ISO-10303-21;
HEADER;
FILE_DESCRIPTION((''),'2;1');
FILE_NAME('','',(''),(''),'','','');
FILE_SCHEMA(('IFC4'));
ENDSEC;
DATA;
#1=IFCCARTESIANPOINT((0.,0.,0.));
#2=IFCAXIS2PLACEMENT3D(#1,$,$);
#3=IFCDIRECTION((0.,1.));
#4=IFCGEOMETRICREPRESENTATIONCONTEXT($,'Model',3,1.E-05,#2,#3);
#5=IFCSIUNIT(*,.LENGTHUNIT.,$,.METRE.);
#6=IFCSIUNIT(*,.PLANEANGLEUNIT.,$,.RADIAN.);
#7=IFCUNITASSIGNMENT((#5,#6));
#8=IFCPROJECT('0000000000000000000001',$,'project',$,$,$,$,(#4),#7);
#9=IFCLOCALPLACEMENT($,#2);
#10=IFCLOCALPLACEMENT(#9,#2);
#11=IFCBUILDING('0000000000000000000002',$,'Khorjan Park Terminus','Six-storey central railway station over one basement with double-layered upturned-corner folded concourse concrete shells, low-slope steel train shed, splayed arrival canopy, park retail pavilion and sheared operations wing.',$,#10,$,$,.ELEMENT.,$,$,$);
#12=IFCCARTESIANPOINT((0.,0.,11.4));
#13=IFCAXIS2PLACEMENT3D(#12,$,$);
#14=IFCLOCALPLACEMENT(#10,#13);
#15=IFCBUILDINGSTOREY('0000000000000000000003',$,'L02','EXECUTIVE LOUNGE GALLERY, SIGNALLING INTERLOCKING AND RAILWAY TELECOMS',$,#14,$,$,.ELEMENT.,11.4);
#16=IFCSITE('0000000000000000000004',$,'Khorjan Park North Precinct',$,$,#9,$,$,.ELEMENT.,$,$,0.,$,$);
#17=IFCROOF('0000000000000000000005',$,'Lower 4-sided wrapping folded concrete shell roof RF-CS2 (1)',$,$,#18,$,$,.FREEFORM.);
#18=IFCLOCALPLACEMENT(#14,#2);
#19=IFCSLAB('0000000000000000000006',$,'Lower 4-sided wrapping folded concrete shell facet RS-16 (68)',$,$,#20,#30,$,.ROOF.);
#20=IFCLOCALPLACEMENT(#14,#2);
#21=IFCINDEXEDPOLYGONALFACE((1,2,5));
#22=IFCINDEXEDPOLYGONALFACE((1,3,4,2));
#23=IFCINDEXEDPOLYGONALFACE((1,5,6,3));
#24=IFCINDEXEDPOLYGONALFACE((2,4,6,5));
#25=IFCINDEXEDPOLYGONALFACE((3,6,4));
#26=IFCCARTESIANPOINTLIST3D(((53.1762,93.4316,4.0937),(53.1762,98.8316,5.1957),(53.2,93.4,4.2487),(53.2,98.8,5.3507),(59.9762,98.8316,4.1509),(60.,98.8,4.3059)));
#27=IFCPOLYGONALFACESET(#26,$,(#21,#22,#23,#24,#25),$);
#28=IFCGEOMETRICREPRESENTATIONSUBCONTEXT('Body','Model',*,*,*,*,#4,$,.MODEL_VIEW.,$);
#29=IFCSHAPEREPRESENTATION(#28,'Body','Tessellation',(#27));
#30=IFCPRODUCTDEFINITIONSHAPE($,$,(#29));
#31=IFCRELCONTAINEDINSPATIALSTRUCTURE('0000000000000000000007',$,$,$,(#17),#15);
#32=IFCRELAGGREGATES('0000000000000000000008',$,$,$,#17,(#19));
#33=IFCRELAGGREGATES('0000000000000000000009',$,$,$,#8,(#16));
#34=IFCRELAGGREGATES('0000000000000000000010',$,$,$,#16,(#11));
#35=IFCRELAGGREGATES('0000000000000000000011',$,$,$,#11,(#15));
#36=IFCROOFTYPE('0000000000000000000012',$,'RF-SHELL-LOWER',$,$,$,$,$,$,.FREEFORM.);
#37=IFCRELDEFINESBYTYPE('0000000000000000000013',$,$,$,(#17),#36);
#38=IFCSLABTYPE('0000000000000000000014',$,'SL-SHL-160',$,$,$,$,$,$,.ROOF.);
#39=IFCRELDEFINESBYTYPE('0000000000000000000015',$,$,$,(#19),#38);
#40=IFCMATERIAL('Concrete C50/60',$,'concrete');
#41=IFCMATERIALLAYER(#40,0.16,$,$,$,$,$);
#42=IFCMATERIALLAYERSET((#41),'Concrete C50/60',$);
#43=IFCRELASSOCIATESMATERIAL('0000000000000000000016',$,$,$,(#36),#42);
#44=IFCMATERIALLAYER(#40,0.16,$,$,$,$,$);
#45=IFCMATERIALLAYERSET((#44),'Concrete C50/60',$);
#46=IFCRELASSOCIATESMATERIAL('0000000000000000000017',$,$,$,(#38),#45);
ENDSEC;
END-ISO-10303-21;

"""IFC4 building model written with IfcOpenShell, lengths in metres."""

from ifc_helpers import new_model, si_unit, direction, frame, origin, place, context, subcontext, project, spatial, polyline, outline, extrude, material, layer, layer_set, type_object, element, aggregate, save


model = new_model("IFC4")

# Units and contexts
model_context = context("Model", 3, precision=1e-05, world=origin(), true_north=direction((0.0, 1.0)))
body_context = subcontext(model_context, "Body", "Model", "MODEL_VIEW")
ifc_project = project(units=[si_unit("LENGTHUNIT", "METRE"), si_unit("PLANEANGLEUNIT", "RADIAN")], contexts=[model_context])

# Site, building, storey
site_placement = place(None, origin())
site = spatial("IfcSite", under=ifc_project, at=site_placement, Name="Khorjan Park North Precinct", CompositionType="ELEMENT", RefElevation=0.0)
building_placement = place(site_placement, origin())
building = spatial("IfcBuilding", under=site, at=building_placement, Name="Khorjan Park Terminus", Description="Six-storey central railway station over one basement with double-layered upturned-corner folded concourse concrete shells, low-slope steel train shed, splayed arrival canopy, park retail pavilion and sheared operations wing.", CompositionType="ELEMENT")
storey_placement = place(building_placement, frame((0.0, 0.0, 11.4)))
storey = spatial("IfcBuildingStorey", under=building, at=storey_placement, Name="L02", Description="EXECUTIVE LOUNGE GALLERY, SIGNALLING INTERLOCKING AND RAILWAY TELECOMS", CompositionType="ELEMENT", Elevation=11.4)

# Roof, slab
ifc_material_1 = material(Name="Concrete C50/60", Category="concrete")
ifc_layer_1 = layer(ifc_material_1, 0.16)
ifc_layer_set_1 = layer_set([ifc_layer_1], Name="Concrete C50/60")
roof_type = type_object("IfcRoofType", Name="RF-SHELL-LOWER", PredefinedType="FREEFORM", material=ifc_layer_set_1)
roof_placement = place(storey_placement, origin())
roof = element("IfcRoof", 1, at=roof_placement, inside=storey, type_object=roof_type, Name="Lower 4-sided wrapping folded concrete shell roof RF-CS2 (1)", PredefinedType="FREEFORM")
ifc_layer_2 = layer(ifc_material_1, 0.16)
ifc_layer_set_2 = layer_set([ifc_layer_2], Name="Concrete C50/60")
slab_type = type_object("IfcSlabType", Name="SL-SHL-160", PredefinedType="ROOF", material=ifc_layer_set_2)
slab_1_placement = place(storey_placement, frame((53.2, 93.4, 4.2487), z_axis=(0.148867, -0.197725, 0.968888), x_axis=(0.783094, 0.621869, 0.006587)))
slab_1 = element("IfcSlab", 2, at=slab_1_placement, type_object=slab_type, Name="Lower 4-sided wrapping folded concrete shell facet RS-16 (68)", PredefinedType="ROOF", context=body_context, shape_type="SweptSolid", body=[
    extrude(outline(polyline([(0.0, 0.0), (8.6835, 0.0), (3.3653, 4.3645), (0.0, 0.0)])), origin(), (0.0, 0.0, -1.0), 0.16),
])
aggregate(roof, [slab_1])

save(model, "model.ifc")
